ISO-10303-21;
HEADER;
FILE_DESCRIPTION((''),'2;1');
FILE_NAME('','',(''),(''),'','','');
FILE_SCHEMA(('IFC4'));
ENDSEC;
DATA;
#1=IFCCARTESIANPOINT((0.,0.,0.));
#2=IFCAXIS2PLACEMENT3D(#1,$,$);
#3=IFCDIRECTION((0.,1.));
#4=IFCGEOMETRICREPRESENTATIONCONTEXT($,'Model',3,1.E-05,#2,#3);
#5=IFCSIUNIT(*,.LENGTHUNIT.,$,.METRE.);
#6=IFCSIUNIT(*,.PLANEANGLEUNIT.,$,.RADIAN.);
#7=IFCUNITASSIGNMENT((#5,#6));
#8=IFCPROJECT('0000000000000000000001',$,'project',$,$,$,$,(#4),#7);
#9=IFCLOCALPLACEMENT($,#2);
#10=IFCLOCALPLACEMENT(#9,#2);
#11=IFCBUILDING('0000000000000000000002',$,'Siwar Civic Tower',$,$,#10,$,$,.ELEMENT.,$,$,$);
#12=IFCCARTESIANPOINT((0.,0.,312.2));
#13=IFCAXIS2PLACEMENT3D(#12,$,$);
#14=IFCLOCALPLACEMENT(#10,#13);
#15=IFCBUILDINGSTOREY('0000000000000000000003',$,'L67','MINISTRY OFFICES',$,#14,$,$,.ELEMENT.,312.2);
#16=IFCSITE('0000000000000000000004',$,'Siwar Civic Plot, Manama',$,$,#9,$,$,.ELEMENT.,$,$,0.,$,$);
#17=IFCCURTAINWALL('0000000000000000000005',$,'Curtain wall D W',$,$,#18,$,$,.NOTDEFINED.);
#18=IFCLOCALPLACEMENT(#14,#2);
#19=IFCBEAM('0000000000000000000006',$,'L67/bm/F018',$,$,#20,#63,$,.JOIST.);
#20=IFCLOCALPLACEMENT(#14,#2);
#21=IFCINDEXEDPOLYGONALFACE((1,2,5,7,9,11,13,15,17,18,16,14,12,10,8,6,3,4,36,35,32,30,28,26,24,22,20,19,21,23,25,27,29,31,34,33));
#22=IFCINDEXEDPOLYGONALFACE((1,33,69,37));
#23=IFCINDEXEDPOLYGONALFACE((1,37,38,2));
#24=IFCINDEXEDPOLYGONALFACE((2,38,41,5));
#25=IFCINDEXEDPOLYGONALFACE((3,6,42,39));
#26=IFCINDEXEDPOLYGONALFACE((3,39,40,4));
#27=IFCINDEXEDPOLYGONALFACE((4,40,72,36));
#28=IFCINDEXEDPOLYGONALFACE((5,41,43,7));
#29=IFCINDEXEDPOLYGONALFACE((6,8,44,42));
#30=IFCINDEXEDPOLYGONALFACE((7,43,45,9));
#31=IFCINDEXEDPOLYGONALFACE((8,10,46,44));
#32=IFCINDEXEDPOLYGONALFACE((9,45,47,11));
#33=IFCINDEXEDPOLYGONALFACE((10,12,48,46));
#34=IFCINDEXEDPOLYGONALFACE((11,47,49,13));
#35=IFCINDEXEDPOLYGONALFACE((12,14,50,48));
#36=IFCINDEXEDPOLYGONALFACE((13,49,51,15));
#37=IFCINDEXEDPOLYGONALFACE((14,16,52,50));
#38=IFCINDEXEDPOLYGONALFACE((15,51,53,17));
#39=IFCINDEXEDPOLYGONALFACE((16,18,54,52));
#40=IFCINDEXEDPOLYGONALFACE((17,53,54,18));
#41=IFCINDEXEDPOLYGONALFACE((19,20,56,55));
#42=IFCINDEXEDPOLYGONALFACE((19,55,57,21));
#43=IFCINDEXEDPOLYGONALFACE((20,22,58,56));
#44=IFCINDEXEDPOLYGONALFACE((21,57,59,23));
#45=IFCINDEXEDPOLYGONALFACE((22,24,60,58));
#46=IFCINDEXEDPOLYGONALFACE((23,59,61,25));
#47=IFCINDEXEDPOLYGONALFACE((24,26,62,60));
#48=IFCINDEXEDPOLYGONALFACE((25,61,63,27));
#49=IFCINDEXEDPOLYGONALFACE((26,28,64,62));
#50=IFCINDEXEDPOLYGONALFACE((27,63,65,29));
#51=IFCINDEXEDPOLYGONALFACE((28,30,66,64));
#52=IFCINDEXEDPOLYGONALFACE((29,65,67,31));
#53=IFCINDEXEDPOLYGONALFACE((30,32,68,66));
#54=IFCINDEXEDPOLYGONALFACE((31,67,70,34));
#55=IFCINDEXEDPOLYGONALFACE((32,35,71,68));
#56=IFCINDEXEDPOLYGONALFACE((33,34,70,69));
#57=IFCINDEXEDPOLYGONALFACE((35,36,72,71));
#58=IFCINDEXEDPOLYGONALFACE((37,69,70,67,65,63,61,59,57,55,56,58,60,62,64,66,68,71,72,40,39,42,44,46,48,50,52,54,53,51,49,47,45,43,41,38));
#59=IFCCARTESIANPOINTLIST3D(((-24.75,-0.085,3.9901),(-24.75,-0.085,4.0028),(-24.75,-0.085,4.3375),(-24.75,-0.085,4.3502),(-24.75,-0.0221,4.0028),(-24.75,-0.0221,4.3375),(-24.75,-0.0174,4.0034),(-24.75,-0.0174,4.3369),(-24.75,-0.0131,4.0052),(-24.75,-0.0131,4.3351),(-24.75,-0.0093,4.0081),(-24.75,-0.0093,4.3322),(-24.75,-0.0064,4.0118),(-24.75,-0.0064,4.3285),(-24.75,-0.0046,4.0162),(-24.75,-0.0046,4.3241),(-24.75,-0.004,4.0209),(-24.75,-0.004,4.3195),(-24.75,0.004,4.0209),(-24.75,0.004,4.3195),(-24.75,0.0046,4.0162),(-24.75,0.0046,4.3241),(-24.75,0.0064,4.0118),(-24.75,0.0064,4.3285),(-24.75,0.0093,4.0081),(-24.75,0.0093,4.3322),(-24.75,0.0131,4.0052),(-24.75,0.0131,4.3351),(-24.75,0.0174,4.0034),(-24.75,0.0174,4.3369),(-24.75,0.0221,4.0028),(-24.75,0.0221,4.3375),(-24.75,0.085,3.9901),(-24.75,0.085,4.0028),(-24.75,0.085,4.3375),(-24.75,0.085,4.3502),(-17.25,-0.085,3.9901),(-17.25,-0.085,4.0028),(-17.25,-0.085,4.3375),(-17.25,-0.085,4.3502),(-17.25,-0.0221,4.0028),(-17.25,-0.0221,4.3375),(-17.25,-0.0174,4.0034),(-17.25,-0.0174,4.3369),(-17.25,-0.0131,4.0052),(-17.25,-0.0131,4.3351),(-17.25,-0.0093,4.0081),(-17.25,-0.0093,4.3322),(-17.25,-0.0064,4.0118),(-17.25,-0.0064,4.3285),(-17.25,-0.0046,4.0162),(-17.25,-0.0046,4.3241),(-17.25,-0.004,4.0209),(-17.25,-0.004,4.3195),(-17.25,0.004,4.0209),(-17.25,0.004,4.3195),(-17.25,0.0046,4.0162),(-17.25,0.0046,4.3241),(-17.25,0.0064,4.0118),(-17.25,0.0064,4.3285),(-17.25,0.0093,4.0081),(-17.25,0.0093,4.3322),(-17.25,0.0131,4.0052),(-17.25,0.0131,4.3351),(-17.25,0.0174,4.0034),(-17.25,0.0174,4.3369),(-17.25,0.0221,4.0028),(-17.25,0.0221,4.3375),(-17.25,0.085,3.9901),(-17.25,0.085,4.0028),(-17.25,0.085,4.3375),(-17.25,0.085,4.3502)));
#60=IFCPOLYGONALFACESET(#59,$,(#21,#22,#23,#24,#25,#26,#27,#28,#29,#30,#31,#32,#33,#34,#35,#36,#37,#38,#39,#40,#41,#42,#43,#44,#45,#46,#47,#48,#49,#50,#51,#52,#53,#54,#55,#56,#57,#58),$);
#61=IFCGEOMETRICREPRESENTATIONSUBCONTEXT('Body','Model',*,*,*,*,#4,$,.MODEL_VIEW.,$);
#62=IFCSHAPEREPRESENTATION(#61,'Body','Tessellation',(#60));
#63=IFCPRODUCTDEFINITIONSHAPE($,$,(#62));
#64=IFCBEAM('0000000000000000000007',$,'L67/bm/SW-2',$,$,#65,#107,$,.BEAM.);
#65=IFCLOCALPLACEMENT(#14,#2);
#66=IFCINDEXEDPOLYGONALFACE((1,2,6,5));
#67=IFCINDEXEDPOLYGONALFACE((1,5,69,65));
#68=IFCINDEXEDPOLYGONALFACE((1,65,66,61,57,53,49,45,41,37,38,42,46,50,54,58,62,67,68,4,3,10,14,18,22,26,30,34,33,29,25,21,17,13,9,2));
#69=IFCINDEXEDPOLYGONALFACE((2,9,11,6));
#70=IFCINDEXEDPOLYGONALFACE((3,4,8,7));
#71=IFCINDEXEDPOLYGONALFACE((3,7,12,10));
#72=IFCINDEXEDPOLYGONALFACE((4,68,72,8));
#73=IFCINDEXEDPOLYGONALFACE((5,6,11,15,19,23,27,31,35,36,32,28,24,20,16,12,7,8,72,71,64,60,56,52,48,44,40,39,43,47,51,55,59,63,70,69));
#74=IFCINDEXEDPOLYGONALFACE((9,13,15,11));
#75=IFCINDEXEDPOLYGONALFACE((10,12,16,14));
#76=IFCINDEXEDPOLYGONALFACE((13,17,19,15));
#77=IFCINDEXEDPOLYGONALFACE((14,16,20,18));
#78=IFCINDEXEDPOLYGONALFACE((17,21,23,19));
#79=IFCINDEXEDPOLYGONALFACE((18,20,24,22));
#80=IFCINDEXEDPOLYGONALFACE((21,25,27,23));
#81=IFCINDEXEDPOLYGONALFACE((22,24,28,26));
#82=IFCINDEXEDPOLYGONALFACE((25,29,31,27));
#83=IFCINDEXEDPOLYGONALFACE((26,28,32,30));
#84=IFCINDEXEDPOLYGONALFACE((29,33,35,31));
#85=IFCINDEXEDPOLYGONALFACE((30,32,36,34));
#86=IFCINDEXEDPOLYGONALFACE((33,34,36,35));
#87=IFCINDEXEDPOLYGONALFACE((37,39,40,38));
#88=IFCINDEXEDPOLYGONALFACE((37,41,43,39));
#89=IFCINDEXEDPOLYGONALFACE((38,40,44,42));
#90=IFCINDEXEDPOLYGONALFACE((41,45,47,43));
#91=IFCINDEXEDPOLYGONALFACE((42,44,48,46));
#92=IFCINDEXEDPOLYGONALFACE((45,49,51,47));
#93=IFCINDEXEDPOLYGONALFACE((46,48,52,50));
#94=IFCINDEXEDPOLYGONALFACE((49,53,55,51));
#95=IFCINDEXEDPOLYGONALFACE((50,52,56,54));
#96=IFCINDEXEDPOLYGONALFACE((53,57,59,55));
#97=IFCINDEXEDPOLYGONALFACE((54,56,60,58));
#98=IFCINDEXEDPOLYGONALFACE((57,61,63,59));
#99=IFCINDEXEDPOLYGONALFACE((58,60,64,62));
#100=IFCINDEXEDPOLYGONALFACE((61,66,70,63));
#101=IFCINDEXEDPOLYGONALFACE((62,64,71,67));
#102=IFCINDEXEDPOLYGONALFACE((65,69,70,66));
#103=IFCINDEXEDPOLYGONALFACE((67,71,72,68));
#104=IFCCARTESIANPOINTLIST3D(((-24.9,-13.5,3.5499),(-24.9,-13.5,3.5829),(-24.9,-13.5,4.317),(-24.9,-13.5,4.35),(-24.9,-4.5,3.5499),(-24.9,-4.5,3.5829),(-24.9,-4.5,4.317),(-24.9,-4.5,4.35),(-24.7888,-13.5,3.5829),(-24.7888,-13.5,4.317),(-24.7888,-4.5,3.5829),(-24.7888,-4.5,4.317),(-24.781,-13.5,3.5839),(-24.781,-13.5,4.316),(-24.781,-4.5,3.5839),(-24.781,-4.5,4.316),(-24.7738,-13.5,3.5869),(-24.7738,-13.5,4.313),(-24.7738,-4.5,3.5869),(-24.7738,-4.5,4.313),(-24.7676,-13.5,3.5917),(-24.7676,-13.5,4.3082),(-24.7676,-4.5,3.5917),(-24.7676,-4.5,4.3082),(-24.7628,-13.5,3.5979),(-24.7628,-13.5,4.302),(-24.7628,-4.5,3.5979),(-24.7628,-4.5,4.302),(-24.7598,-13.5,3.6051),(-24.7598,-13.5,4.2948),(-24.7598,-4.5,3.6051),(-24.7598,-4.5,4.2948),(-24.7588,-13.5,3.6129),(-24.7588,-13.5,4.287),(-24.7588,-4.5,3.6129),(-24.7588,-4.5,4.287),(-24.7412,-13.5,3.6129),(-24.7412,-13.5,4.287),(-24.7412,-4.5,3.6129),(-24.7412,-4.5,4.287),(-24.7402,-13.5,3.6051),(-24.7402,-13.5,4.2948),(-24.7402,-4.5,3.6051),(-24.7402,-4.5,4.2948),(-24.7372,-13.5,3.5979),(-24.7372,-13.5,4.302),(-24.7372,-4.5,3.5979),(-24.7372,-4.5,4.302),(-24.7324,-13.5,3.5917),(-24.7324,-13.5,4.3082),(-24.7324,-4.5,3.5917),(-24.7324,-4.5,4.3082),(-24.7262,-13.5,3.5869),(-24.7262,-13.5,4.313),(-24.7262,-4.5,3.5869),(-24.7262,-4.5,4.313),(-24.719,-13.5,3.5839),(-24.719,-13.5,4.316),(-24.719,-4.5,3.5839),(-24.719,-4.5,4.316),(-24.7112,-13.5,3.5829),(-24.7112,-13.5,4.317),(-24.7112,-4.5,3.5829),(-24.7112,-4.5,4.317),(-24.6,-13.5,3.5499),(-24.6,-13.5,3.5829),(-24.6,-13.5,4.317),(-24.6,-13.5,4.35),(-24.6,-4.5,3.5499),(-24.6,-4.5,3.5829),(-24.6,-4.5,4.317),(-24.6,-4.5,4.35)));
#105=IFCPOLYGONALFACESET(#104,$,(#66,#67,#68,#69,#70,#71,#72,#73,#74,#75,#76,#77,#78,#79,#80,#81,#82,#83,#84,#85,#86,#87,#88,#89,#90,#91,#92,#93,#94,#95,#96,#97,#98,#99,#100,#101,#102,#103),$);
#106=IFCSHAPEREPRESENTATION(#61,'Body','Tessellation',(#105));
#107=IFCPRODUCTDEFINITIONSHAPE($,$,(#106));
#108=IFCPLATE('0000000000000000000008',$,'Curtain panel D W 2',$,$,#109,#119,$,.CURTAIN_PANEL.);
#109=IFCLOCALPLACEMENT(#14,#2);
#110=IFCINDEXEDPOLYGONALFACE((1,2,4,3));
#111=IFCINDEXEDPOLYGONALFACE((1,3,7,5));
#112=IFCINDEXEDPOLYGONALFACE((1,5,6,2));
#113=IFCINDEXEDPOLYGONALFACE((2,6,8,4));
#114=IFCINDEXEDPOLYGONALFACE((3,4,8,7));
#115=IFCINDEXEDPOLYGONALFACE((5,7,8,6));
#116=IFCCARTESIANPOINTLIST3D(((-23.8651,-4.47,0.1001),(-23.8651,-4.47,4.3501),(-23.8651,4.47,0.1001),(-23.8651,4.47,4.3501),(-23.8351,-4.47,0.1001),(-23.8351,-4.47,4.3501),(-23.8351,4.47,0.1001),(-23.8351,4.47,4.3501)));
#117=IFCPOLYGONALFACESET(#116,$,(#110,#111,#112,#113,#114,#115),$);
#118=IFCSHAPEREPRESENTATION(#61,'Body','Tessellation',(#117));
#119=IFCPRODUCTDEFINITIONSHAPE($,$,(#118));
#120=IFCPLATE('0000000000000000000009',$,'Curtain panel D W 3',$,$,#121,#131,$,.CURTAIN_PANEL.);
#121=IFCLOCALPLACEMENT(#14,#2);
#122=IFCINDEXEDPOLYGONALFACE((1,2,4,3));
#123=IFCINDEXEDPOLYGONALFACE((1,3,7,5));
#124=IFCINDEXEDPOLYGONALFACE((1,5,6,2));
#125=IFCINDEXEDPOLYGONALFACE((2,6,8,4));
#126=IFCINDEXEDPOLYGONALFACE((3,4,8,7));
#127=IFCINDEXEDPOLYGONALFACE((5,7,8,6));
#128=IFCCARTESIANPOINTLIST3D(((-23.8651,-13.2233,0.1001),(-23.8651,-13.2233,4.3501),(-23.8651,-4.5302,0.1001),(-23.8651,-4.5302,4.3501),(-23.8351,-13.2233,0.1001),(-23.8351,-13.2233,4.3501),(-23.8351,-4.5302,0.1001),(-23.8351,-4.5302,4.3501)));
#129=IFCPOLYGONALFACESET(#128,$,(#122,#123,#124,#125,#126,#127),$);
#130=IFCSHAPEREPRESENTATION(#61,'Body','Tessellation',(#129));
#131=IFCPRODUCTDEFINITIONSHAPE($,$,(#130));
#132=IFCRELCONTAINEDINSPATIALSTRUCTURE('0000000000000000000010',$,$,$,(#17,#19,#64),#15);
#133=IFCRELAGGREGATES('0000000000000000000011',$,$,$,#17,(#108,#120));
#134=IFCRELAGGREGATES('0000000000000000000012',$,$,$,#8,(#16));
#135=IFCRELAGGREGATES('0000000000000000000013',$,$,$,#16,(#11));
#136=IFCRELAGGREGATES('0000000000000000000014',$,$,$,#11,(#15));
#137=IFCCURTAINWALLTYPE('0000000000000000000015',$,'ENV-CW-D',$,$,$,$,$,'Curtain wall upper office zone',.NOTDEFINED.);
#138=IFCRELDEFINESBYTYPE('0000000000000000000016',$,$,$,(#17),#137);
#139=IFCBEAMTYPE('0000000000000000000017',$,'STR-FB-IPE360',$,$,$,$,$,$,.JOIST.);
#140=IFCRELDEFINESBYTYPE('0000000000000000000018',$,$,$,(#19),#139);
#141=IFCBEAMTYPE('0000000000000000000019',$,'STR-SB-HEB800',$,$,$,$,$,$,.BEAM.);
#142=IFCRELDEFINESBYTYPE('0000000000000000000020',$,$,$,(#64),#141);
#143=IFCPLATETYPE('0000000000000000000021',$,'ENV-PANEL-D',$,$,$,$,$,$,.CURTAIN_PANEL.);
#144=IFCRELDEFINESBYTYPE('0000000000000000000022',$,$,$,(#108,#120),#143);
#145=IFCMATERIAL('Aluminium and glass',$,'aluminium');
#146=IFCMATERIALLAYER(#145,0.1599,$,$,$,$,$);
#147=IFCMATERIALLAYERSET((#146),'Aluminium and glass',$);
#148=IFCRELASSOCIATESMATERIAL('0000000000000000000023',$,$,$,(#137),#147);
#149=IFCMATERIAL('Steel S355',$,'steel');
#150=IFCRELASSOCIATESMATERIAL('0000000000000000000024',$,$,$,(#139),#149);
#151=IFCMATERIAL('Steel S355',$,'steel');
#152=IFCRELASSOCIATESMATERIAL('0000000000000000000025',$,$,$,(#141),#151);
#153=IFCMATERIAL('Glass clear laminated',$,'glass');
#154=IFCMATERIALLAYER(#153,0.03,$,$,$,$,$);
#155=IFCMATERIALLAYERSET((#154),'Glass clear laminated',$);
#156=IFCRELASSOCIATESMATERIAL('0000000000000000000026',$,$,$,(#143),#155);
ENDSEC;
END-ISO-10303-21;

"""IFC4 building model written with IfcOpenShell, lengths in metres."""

from ifc_helpers import new_model, si_unit, direction, frame, origin, origin_2d, place, context, subcontext, project, spatial, rectangle, i_section, extrude, material, layer, layer_set, material_profile, profile_set, type_object, element, aggregate, save


model = new_model("IFC4")

# Units and contexts
model_context = context("Model", 3, precision=1e-05, world=origin(), true_north=direction((0.0, 1.0)))
body_context = subcontext(model_context, "Body", "Model", "MODEL_VIEW")
ifc_project = project(units=[si_unit("LENGTHUNIT", "METRE"), si_unit("PLANEANGLEUNIT", "RADIAN")], contexts=[model_context])

# Site, building, storey
site_placement = place(None, origin())
site = spatial("IfcSite", under=ifc_project, at=site_placement, Name="Siwar Civic Plot, Manama", CompositionType="ELEMENT", RefElevation=0.0)
building_placement = place(site_placement, origin())
building = spatial("IfcBuilding", under=site, at=building_placement, Name="Siwar Civic Tower", CompositionType="ELEMENT")
storey_placement = place(building_placement, frame((0.0, 0.0, 312.2)))
storey = spatial("IfcBuildingStorey", under=building, at=storey_placement, Name="L67", Description="MINISTRY OFFICES", CompositionType="ELEMENT", Elevation=312.2)

# Curtain wall
ifc_material_1 = material(Name="Aluminium and glass", Category="aluminium")
ifc_layer_1 = layer(ifc_material_1, 0.1599)
ifc_layer_set_1 = layer_set([ifc_layer_1], Name="Aluminium and glass")
curtain_wall_type_1 = type_object("IfcCurtainWallType", Name="ENV-CW-D", ElementType="Curtain wall upper office zone", PredefinedType="NOTDEFINED", material=ifc_layer_set_1)
curtain_wall_1_placement = place(storey_placement, origin())
curtain_wall_1 = element("IfcCurtainWall", 1, at=curtain_wall_1_placement, inside=storey, type_object=curtain_wall_type_1, Name="Curtain wall D W", PredefinedType="NOTDEFINED")

# Beams
ifc_material_2 = material(Name="Steel S355", Category="steel")
ifc_material_profile_1 = material_profile(ifc_material_2, i_section(OverallWidth=0.1699, OverallDepth=0.3601, WebThickness=0.0081, FlangeThickness=0.0127, FilletRadius=0.0181, at=origin_2d()), Name="IPE360")
ifc_profile_set_1 = profile_set([ifc_material_profile_1], Name="Steel S355")
beam_type_1 = type_object("IfcBeamType", Name="STR-FB-IPE360", PredefinedType="JOIST", material=ifc_profile_set_1)
for number, where, z_axis, x_axis, name in (
    (2, (-24.75, 0.0, 4.1702), (1.0, 0.0, 0.0), (0.0, 1.0, 0.0), "L67/bm/F018"),
):
    element("IfcBeam", number, at=place(storey_placement, frame(where, z_axis=z_axis, x_axis=x_axis)), inside=storey, type_object=beam_type_1, Name=name, PredefinedType="JOIST", context=body_context, shape_type="SweptSolid", body=[
        extrude(i_section(OverallWidth=0.1699, OverallDepth=0.3601, WebThickness=0.0081, FlangeThickness=0.0127, FilletRadius=0.0181, at=origin_2d()), origin(), (0.0, 0.0, 1.0), 7.5),
    ])
ifc_material_3 = material(Name="Steel S355", Category="steel")
ifc_material_profile_2 = material_profile(ifc_material_3, i_section(OverallWidth=0.3, OverallDepth=0.8, WebThickness=0.0176, FlangeThickness=0.033, FilletRadius=0.03, at=origin_2d()), Name="HEB800")
ifc_profile_set_2 = profile_set([ifc_material_profile_2], Name="Steel S355")
beam_type_2 = type_object("IfcBeamType", Name="STR-SB-HEB800", PredefinedType="BEAM", material=ifc_profile_set_2)
beam_placement = place(storey_placement, frame((-24.75, -4.5, 3.95), z_axis=(0.0, -1.0, 0.0), x_axis=(1.0, 0.0, 0.0)))
element("IfcBeam", 3, at=beam_placement, inside=storey, type_object=beam_type_2, Name="L67/bm/SW-2", PredefinedType="BEAM", context=body_context, shape_type="SweptSolid", body=[
    extrude(i_section(OverallWidth=0.3, OverallDepth=0.8, WebThickness=0.0176, FlangeThickness=0.033, FilletRadius=0.03, at=origin_2d()), origin(), (0.0, 0.0, 1.0), 9.0),
])

# Plates
ifc_material_4 = material(Name="Glass clear laminated", Category="glass")
ifc_layer_2 = layer(ifc_material_4, 0.03)
ifc_layer_set_2 = layer_set([ifc_layer_2], Name="Glass clear laminated")
plate_type = type_object("IfcPlateType", Name="ENV-PANEL-D", PredefinedType="CURTAIN_PANEL", material=ifc_layer_set_2)
plate_1_placement = place(storey_placement, frame((-23.8501, 0.0, 0.1001), z_axis=(0.0, 0.0, 1.0), x_axis=(0.0, -1.0, 0.0)))
plate_1 = element("IfcPlate", 4, at=plate_1_placement, type_object=plate_type, Name="Curtain panel D W 2", PredefinedType="CURTAIN_PANEL", context=body_context, shape_type="SweptSolid", body=[
    extrude(rectangle(XDim=8.9399, YDim=0.03, at=origin_2d()), origin(), (0.0, 0.0, 1.0), 4.25),
])
plate_2_placement = place(storey_placement, frame((-23.8501, -8.8767, 0.1001), z_axis=(0.0, 0.0, 1.0), x_axis=(0.0, -1.0, 0.0)))
plate_2 = element("IfcPlate", 5, at=plate_2_placement, type_object=plate_type, Name="Curtain panel D W 3", PredefinedType="CURTAIN_PANEL", context=body_context, shape_type="SweptSolid", body=[
    extrude(rectangle(XDim=8.6931, YDim=0.03, at=origin_2d()), origin(), (0.0, 0.0, 1.0), 4.25),
])
aggregate(curtain_wall_1, [plate_1, plate_2])

save(model, "model.ifc")
